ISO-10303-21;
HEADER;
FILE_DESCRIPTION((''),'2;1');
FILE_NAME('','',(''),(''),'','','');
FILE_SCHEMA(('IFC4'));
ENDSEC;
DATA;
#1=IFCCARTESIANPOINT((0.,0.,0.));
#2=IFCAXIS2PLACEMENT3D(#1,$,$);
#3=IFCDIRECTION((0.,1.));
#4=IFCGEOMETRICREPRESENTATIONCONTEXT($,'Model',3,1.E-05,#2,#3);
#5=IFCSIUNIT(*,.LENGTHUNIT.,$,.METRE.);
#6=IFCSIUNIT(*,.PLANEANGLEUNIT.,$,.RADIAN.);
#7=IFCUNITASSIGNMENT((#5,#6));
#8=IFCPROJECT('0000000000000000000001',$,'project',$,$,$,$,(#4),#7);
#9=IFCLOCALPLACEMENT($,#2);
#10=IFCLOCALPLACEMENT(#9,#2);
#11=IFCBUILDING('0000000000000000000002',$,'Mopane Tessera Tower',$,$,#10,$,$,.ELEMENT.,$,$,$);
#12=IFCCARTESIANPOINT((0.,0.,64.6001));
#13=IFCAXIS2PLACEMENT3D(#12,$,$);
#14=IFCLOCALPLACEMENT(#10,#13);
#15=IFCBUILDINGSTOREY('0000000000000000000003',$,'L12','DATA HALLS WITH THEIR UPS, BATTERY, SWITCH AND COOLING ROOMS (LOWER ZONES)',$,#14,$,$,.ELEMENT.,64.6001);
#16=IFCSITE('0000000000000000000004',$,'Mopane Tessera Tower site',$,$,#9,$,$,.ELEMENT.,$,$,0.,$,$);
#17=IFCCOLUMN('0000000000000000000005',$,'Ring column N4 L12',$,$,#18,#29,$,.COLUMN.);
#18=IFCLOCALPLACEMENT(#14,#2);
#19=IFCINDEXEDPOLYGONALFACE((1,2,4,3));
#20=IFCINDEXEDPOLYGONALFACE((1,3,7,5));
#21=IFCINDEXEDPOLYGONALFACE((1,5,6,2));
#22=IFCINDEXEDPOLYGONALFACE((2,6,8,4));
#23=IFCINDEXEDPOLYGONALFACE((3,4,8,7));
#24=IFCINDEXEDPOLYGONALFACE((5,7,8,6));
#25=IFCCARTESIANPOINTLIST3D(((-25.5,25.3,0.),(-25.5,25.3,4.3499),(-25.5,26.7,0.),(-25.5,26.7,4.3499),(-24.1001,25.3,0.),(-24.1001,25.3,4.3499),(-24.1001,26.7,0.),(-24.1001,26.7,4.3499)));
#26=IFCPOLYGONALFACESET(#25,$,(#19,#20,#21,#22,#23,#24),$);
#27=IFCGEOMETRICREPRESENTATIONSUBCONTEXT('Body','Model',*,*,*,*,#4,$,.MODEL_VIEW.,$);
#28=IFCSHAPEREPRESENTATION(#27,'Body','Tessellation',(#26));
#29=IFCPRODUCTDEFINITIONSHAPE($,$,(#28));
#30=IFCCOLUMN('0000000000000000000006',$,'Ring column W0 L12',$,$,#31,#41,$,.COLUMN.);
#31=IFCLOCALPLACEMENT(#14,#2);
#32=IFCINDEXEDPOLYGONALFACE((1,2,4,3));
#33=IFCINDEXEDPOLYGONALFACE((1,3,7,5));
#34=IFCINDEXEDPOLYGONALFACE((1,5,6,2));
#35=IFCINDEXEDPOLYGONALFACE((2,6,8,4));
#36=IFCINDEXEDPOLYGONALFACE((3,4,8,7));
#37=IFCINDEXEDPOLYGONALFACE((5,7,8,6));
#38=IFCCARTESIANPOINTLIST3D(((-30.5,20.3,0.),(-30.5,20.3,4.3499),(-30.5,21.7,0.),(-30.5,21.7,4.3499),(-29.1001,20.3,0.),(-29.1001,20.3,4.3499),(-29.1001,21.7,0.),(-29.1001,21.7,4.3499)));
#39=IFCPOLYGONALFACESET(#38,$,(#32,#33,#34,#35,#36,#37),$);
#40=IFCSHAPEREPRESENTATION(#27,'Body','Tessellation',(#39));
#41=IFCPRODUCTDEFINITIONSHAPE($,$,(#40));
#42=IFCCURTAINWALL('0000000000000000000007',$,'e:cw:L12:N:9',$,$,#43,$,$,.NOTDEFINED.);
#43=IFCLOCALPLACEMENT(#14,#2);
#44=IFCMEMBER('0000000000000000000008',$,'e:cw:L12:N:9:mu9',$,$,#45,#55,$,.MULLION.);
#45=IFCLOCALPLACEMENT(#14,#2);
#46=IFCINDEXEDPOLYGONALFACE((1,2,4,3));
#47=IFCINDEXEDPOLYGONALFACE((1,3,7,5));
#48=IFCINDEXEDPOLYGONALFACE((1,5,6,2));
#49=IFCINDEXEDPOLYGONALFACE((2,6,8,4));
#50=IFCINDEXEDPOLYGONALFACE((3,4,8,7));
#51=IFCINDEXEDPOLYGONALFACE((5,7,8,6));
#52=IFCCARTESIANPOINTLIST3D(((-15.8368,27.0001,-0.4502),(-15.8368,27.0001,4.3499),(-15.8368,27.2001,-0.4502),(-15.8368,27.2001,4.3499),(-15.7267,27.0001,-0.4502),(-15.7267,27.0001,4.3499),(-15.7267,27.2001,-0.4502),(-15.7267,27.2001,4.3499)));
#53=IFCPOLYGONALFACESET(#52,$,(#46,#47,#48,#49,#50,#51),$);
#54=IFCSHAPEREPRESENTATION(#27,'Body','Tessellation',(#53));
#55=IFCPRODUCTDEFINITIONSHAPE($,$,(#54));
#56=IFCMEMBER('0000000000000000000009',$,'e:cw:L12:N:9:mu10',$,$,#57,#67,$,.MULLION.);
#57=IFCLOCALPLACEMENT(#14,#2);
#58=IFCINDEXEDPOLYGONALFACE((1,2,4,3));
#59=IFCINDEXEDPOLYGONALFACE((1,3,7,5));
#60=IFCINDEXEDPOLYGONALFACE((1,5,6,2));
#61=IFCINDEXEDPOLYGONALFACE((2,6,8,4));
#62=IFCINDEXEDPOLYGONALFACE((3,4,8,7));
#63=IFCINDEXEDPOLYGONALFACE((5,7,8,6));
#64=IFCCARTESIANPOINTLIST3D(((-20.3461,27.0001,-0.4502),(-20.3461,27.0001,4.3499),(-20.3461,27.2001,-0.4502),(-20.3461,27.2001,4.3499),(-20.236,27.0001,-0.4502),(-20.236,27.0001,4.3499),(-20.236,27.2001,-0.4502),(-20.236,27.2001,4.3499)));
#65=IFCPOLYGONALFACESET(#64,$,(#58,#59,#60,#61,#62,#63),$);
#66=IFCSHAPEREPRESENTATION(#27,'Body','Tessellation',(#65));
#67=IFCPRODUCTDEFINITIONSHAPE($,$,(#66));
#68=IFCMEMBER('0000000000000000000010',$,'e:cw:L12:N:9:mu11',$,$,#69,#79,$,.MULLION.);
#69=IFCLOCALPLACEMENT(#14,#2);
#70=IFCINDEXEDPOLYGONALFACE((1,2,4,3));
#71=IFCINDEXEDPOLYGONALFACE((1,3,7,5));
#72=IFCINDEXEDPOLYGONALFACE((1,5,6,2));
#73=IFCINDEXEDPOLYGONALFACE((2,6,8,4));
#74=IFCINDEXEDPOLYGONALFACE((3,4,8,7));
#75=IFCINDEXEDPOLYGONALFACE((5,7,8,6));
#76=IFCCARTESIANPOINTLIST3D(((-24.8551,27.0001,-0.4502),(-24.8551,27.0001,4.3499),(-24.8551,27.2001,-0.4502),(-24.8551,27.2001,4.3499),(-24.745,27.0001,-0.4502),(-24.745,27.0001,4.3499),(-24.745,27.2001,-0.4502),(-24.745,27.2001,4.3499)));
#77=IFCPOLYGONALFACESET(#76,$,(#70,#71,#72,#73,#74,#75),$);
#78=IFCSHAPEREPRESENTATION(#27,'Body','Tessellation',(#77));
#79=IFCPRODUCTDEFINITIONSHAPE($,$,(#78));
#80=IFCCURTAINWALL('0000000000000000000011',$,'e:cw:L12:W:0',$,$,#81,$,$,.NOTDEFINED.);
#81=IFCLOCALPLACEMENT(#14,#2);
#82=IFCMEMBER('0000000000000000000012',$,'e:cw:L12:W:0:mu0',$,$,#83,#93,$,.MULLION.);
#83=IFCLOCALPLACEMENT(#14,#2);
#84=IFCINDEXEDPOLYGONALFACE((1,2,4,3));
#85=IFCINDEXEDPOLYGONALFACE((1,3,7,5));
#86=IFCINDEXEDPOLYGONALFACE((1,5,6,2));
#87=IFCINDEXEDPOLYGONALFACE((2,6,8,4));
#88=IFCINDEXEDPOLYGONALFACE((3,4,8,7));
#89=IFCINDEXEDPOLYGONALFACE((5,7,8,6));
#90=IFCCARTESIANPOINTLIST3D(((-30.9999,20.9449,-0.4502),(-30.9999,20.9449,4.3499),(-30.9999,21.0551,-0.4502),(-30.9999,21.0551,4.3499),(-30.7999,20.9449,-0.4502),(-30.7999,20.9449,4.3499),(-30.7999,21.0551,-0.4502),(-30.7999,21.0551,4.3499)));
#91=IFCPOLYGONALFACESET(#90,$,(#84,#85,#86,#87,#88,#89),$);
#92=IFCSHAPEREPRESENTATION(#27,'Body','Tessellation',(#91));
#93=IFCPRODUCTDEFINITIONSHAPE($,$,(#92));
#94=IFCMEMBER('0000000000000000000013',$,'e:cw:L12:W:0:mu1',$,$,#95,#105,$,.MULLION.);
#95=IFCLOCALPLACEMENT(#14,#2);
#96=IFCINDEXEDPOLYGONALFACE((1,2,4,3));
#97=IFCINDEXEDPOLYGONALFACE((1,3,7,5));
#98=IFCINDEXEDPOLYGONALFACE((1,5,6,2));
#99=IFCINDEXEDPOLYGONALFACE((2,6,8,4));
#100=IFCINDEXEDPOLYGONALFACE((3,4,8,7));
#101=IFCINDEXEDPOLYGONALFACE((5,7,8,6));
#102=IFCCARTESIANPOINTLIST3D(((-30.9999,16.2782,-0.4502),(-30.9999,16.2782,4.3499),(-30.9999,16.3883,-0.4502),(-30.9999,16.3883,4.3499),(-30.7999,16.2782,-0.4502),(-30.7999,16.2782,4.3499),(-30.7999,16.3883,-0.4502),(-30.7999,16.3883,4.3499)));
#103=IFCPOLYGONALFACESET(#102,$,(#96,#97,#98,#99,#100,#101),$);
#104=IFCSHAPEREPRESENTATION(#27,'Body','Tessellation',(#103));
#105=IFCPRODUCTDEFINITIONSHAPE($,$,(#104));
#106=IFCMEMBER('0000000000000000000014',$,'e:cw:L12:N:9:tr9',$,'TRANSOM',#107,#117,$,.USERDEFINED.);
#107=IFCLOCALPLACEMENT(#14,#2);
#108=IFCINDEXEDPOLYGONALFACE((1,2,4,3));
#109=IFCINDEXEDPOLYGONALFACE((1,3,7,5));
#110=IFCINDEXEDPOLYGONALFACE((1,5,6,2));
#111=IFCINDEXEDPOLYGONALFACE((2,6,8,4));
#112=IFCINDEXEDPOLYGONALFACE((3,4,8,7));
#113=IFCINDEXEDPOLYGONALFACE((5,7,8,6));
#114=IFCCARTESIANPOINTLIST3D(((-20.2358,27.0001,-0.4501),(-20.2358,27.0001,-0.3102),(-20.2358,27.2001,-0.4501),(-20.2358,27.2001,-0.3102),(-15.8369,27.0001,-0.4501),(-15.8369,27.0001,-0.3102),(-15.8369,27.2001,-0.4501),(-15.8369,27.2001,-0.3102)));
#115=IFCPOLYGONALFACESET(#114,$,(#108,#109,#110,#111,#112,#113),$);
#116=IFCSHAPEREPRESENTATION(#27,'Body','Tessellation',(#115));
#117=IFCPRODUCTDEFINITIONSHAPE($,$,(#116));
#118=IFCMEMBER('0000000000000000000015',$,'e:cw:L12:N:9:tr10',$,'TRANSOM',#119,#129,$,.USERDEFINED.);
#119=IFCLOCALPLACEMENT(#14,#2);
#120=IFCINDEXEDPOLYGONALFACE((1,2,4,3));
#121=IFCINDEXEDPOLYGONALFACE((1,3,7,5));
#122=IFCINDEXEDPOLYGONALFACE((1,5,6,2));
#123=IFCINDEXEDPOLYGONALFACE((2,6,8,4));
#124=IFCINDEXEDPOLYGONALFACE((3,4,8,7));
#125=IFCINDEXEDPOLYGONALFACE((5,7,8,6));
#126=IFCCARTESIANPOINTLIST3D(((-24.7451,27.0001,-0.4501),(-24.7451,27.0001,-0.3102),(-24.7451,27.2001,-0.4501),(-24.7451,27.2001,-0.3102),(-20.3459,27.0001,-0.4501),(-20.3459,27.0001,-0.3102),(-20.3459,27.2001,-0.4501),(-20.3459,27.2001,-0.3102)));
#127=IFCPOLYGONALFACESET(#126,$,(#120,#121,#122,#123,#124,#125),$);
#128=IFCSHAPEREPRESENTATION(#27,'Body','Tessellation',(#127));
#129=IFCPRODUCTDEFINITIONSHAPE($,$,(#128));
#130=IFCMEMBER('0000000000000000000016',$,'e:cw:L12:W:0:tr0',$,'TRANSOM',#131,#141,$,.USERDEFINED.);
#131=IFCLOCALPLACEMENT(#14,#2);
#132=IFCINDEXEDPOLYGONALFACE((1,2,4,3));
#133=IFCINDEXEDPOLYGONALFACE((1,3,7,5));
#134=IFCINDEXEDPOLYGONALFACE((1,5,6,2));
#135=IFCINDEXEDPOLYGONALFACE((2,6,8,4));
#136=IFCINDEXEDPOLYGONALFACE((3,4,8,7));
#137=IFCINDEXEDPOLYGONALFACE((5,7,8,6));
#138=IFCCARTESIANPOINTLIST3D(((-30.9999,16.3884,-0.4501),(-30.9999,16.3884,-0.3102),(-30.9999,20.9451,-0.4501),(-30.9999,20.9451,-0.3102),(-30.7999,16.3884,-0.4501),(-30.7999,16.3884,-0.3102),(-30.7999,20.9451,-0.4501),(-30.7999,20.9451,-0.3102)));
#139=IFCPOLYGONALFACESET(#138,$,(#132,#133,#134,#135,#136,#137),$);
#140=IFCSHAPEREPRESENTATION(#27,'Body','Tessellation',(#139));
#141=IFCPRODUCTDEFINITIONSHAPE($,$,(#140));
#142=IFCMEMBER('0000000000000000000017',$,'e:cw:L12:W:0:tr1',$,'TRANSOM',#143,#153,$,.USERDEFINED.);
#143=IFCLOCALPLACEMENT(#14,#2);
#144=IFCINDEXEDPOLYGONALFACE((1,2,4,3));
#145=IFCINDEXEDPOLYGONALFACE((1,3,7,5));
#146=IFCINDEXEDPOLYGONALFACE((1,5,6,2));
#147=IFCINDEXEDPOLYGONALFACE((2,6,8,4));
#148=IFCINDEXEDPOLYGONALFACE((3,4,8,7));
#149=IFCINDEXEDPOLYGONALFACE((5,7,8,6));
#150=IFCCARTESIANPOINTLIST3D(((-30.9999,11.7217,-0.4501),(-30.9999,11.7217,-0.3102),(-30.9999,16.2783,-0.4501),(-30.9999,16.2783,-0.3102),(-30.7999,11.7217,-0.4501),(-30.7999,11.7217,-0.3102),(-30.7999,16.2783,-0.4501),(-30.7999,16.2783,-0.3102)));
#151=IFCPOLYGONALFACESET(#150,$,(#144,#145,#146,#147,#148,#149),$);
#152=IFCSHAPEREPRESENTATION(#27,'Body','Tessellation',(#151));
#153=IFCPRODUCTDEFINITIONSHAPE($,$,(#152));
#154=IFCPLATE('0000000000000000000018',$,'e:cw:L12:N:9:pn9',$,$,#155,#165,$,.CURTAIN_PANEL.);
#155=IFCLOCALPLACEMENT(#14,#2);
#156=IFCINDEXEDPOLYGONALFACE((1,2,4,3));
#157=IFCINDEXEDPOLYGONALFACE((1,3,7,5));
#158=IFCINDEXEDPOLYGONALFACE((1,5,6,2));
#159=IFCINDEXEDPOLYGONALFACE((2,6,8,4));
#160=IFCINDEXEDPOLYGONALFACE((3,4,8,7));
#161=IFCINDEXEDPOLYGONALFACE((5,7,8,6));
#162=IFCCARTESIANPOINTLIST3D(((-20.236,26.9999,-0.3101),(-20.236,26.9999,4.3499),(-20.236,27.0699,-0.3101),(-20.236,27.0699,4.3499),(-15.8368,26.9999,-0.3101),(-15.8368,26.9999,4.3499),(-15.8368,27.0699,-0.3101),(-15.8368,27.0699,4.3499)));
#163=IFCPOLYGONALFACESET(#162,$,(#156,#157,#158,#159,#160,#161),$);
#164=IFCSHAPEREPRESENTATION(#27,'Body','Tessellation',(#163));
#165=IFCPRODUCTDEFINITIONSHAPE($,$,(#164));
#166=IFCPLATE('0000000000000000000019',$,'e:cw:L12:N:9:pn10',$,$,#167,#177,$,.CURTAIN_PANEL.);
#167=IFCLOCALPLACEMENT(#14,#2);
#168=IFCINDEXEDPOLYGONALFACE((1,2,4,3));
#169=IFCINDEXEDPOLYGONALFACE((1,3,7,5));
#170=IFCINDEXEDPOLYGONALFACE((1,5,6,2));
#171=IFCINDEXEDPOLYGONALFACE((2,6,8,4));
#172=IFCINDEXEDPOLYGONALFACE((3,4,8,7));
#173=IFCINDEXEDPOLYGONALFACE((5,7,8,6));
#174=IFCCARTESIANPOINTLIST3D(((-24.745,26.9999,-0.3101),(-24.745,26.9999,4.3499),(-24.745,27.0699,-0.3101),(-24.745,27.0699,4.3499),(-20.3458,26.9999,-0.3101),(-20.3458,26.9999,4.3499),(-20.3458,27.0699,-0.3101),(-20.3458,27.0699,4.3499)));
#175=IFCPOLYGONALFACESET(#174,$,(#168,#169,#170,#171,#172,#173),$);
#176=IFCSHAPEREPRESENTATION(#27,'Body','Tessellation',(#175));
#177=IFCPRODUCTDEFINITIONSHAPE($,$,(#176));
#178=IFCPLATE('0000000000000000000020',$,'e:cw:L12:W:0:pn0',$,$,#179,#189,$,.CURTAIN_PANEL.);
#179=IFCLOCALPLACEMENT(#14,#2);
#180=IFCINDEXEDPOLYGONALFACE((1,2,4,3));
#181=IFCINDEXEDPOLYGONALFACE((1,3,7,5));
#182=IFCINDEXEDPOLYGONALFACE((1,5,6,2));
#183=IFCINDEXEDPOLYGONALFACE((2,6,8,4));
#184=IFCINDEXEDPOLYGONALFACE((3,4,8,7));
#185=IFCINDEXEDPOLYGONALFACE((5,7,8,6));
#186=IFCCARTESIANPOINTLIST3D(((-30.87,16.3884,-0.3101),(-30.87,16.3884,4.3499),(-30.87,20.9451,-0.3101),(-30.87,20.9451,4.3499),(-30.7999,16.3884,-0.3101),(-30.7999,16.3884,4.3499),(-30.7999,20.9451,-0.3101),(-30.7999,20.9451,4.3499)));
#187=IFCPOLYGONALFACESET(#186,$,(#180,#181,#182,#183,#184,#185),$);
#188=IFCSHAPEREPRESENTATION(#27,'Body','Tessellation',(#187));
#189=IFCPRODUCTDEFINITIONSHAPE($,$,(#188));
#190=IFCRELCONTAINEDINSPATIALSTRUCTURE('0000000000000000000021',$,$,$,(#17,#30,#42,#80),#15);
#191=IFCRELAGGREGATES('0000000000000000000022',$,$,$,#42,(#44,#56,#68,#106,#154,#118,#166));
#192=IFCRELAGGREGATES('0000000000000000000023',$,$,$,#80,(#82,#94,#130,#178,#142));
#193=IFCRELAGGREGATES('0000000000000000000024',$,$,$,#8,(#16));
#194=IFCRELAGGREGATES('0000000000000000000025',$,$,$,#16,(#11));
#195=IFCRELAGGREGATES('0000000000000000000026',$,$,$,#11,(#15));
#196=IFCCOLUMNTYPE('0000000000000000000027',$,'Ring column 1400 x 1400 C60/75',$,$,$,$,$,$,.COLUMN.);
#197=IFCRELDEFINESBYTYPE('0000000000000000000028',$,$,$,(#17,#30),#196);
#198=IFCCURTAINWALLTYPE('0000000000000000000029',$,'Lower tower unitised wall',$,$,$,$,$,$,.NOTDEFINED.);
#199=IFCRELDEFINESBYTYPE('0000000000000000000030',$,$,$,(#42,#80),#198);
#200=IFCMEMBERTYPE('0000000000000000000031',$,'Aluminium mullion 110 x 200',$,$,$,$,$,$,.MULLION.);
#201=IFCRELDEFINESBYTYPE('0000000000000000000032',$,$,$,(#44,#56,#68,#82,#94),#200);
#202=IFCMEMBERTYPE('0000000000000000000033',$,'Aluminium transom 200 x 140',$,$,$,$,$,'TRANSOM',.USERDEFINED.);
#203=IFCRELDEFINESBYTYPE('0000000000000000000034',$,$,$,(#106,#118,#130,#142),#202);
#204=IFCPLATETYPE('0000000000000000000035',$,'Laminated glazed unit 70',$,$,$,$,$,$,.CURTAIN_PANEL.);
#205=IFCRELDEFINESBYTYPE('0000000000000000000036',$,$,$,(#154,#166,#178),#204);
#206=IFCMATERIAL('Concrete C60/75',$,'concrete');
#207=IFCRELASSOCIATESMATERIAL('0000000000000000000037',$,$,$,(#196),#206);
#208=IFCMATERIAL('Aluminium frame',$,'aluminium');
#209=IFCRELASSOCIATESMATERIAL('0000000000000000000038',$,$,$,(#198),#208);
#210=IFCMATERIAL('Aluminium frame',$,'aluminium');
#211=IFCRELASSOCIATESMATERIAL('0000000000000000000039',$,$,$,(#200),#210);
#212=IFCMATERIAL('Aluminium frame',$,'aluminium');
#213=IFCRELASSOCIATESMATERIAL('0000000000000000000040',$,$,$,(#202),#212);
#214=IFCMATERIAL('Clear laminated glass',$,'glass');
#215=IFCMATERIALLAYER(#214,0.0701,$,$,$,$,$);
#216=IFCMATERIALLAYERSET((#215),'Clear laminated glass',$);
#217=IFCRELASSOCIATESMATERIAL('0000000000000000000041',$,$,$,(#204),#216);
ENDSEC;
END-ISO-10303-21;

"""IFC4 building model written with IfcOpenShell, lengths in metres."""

from ifc_helpers import new_model, si_unit, direction, frame, origin, origin_2d, place, context, subcontext, project, spatial, rectangle, extrude, material, layer, layer_set, material_profile, profile_set, type_object, element, aggregate, save


model = new_model("IFC4")

# Units and contexts
model_context = context("Model", 3, precision=1e-05, world=origin(), true_north=direction((0.0, 1.0)))
body_context = subcontext(model_context, "Body", "Model", "MODEL_VIEW")
ifc_project = project(units=[si_unit("LENGTHUNIT", "METRE"), si_unit("PLANEANGLEUNIT", "RADIAN")], contexts=[model_context])

# Site, building, storey
site_placement = place(None, origin())
site = spatial("IfcSite", under=ifc_project, at=site_placement, Name="Mopane Tessera Tower site", CompositionType="ELEMENT", RefElevation=0.0)
building_placement = place(site_placement, origin())
building = spatial("IfcBuilding", under=site, at=building_placement, Name="Mopane Tessera Tower", CompositionType="ELEMENT")
storey_placement = place(building_placement, frame((0.0, 0.0, 64.6001)))
storey = spatial("IfcBuildingStorey", under=building, at=storey_placement, Name="L12", Description="DATA HALLS WITH THEIR UPS, BATTERY, SWITCH AND COOLING ROOMS (LOWER ZONES)", CompositionType="ELEMENT", Elevation=64.6001)

# Columns
ifc_material_1 = material(Name="Concrete C60/75", Category="concrete")
ifc_material_profile_1 = material_profile(ifc_material_1, rectangle(XDim=1.3999, YDim=1.3999, at=origin_2d()))
ifc_profile_set_1 = profile_set([ifc_material_profile_1], Name="Concrete C60/75")
column_type = type_object("IfcColumnType", Name="Ring column 1400 x 1400 C60/75", PredefinedType="COLUMN", material=ifc_profile_set_1)
for number, where, z_axis, x_axis, name in (
    (1, (-24.8, 26.0, 0.0), (0.0, 0.0, 1.0), (1.0, 0.0, 0.0), "Ring column N4 L12"),
    (2, (-29.8, 21.0, 0.0), (0.0, 0.0, 1.0), (1.0, 0.0, 0.0), "Ring column W0 L12"),
):
    element("IfcColumn", number, at=place(storey_placement, frame(where, z_axis=z_axis, x_axis=x_axis)), inside=storey, type_object=column_type, Name=name, PredefinedType="COLUMN", context=body_context, shape_type="SweptSolid", body=[
        extrude(rectangle(XDim=1.3999, YDim=1.3999, at=origin_2d()), origin(), (0.0, 0.0, 1.0), 4.3499),
    ])

# Curtain walls, members
ifc_material_2 = material(Name="Aluminium frame", Category="aluminium")
curtain_wall_type = type_object("IfcCurtainWallType", Name="Lower tower unitised wall", PredefinedType="NOTDEFINED", material=ifc_material_2)
curtain_wall_1_placement = place(storey_placement, origin())
curtain_wall_1 = element("IfcCurtainWall", 3, at=curtain_wall_1_placement, inside=storey, type_object=curtain_wall_type, Name="e:cw:L12:N:9", PredefinedType="NOTDEFINED")
ifc_material_3 = material(Name="Aluminium frame", Category="aluminium")
ifc_material_profile_2 = material_profile(ifc_material_3, rectangle(XDim=0.1101, YDim=0.2, at=origin_2d()))
ifc_profile_set_2 = profile_set([ifc_material_profile_2], Name="Aluminium frame")
member_type_1 = type_object("IfcMemberType", Name="Aluminium mullion 110 x 200", PredefinedType="MULLION", material=ifc_profile_set_2)
member_1_placement = place(storey_placement, frame((-15.7817, 27.1001, -0.4502), z_axis=(0.0, 0.0, 1.0), x_axis=(-1.0, 0.0, 0.0)))
member_1 = element("IfcMember", 4, at=member_1_placement, type_object=member_type_1, Name="e:cw:L12:N:9:mu9", PredefinedType="MULLION", context=body_context, shape_type="SweptSolid", body=[
    extrude(rectangle(XDim=0.1101, YDim=0.2, at=origin_2d()), origin(), (0.0, 0.0, 1.0), 4.8),
])
member_2_placement = place(storey_placement, frame((-20.291, 27.1001, -0.4502), z_axis=(0.0, 0.0, 1.0), x_axis=(-1.0, 0.0, 0.0)))
member_2 = element("IfcMember", 5, at=member_2_placement, type_object=member_type_1, Name="e:cw:L12:N:9:mu10", PredefinedType="MULLION", context=body_context, shape_type="SweptSolid", body=[
    extrude(rectangle(XDim=0.1101, YDim=0.2, at=origin_2d()), origin(), (0.0, 0.0, 1.0), 4.8),
])
member_3_placement = place(storey_placement, frame((-24.8, 27.1001, -0.4502), z_axis=(0.0, 0.0, 1.0), x_axis=(-1.0, 0.0, 0.0)))
member_3 = element("IfcMember", 6, at=member_3_placement, type_object=member_type_1, Name="e:cw:L12:N:9:mu11", PredefinedType="MULLION", context=body_context, shape_type="SweptSolid", body=[
    extrude(rectangle(XDim=0.1101, YDim=0.2, at=origin_2d()), origin(), (0.0, 0.0, 1.0), 4.8),
])
curtain_wall_2_placement = place(storey_placement, origin())
curtain_wall_2 = element("IfcCurtainWall", 7, at=curtain_wall_2_placement, inside=storey, type_object=curtain_wall_type, Name="e:cw:L12:W:0", PredefinedType="NOTDEFINED")
member_4_placement = place(storey_placement, frame((-30.8999, 21.0, -0.4502), z_axis=(0.0, 0.0, 1.0), x_axis=(0.0, -1.0, 0.0)))
member_4 = element("IfcMember", 8, at=member_4_placement, type_object=member_type_1, Name="e:cw:L12:W:0:mu0", PredefinedType="MULLION", context=body_context, shape_type="SweptSolid", body=[
    extrude(rectangle(XDim=0.1101, YDim=0.2, at=origin_2d()), origin(), (0.0, 0.0, 1.0), 4.8),
])
member_5_placement = place(storey_placement, frame((-30.8999, 16.3333, -0.4502), z_axis=(0.0, 0.0, 1.0), x_axis=(0.0, -1.0, 0.0)))
member_5 = element("IfcMember", 9, at=member_5_placement, type_object=member_type_1, Name="e:cw:L12:W:0:mu1", PredefinedType="MULLION", context=body_context, shape_type="SweptSolid", body=[
    extrude(rectangle(XDim=0.1101, YDim=0.2, at=origin_2d()), origin(), (0.0, 0.0, 1.0), 4.8),
])

# Members
ifc_material_4 = material(Name="Aluminium frame", Category="aluminium")
ifc_material_profile_3 = material_profile(ifc_material_4, rectangle(XDim=0.2, YDim=0.1399, at=origin_2d()))
ifc_profile_set_3 = profile_set([ifc_material_profile_3], Name="Aluminium frame")
member_type_2 = type_object("IfcMemberType", Name="Aluminium transom 200 x 140", ElementType="TRANSOM", PredefinedType="USERDEFINED", material=ifc_profile_set_3)
member_6_placement = place(storey_placement, frame((-15.8369, 27.1001, -0.3801), z_axis=(-1.0, 0.0, 0.0), x_axis=(0.0, -1.0, 0.0)))
member_6 = element("IfcMember", 10, at=member_6_placement, type_object=member_type_2, Name="e:cw:L12:N:9:tr9", ObjectType="TRANSOM", PredefinedType="USERDEFINED", context=body_context, shape_type="SweptSolid", body=[
    extrude(rectangle(XDim=0.2, YDim=0.1399, at=origin_2d()), origin(), (0.0, 0.0, 1.0), 4.3989),
])
member_7_placement = place(storey_placement, frame((-20.3459, 27.1001, -0.3801), z_axis=(-1.0, 0.0, 0.0), x_axis=(0.0, -1.0, 0.0)))
member_7 = element("IfcMember", 11, at=member_7_placement, type_object=member_type_2, Name="e:cw:L12:N:9:tr10", ObjectType="TRANSOM", PredefinedType="USERDEFINED", context=body_context, shape_type="SweptSolid", body=[
    extrude(rectangle(XDim=0.2, YDim=0.1399, at=origin_2d()), origin(), (0.0, 0.0, 1.0), 4.3992),
])
member_8_placement = place(storey_placement, frame((-30.8999, 20.9451, -0.3801), z_axis=(0.0, -1.0, 0.0), x_axis=(1.0, 0.0, 0.0)))
member_8 = element("IfcMember", 12, at=member_8_placement, type_object=member_type_2, Name="e:cw:L12:W:0:tr0", ObjectType="TRANSOM", PredefinedType="USERDEFINED", context=body_context, shape_type="SweptSolid", body=[
    extrude(rectangle(XDim=0.2, YDim=0.1399, at=origin_2d()), origin(), (0.0, 0.0, 1.0), 4.5566),
])
member_9_placement = place(storey_placement, frame((-30.8999, 16.2783, -0.3801), z_axis=(0.0, -1.0, 0.0), x_axis=(1.0, 0.0, 0.0)))
member_9 = element("IfcMember", 13, at=member_9_placement, type_object=member_type_2, Name="e:cw:L12:W:0:tr1", ObjectType="TRANSOM", PredefinedType="USERDEFINED", context=body_context, shape_type="SweptSolid", body=[
    extrude(rectangle(XDim=0.2, YDim=0.1399, at=origin_2d()), origin(), (0.0, 0.0, 1.0), 4.5566),
])

# Plates
ifc_material_5 = material(Name="Clear laminated glass", Category="glass")
ifc_layer_1 = layer(ifc_material_5, 0.0701)
ifc_layer_set_1 = layer_set([ifc_layer_1], Name="Clear laminated glass")
plate_type = type_object("IfcPlateType", Name="Laminated glazed unit 70", PredefinedType="CURTAIN_PANEL", material=ifc_layer_set_1)
plate_1_placement = place(storey_placement, frame((-18.0364, 27.0349, -0.3101), z_axis=(0.0, 0.0, 1.0), x_axis=(-1.0, 0.0, 0.0)))
plate_1 = element("IfcPlate", 14, at=plate_1_placement, type_object=plate_type, Name="e:cw:L12:N:9:pn9", PredefinedType="CURTAIN_PANEL", context=body_context, shape_type="SweptSolid", body=[
    extrude(rectangle(XDim=4.3992, YDim=0.0701, at=origin_2d()), origin(), (0.0, 0.0, 1.0), 4.6599),
])
plate_2_placement = place(storey_placement, frame((-22.5454, 27.0349, -0.3101), z_axis=(0.0, 0.0, 1.0), x_axis=(-1.0, 0.0, 0.0)))
plate_2 = element("IfcPlate", 15, at=plate_2_placement, type_object=plate_type, Name="e:cw:L12:N:9:pn10", PredefinedType="CURTAIN_PANEL", context=body_context, shape_type="SweptSolid", body=[
    extrude(rectangle(XDim=4.3992, YDim=0.0701, at=origin_2d()), origin(), (0.0, 0.0, 1.0), 4.6599),
])
aggregate(curtain_wall_1, [member_1, member_2, member_3, member_6, plate_1, member_7, plate_2])
plate_3_placement = place(storey_placement, frame((-30.835, 18.6667, -0.3101), z_axis=(0.0, 0.0, 1.0), x_axis=(0.0, -1.0, 0.0)))
plate_3 = element("IfcPlate", 16, at=plate_3_placement, type_object=plate_type, Name="e:cw:L12:W:0:pn0", PredefinedType="CURTAIN_PANEL", context=body_context, shape_type="SweptSolid", body=[
    extrude(rectangle(XDim=4.5566, YDim=0.0701, at=origin_2d()), origin(), (0.0, 0.0, 1.0), 4.6599),
])
aggregate(curtain_wall_2, [member_4, member_5, member_8, plate_3, member_9])

save(model, "model.ifc")
